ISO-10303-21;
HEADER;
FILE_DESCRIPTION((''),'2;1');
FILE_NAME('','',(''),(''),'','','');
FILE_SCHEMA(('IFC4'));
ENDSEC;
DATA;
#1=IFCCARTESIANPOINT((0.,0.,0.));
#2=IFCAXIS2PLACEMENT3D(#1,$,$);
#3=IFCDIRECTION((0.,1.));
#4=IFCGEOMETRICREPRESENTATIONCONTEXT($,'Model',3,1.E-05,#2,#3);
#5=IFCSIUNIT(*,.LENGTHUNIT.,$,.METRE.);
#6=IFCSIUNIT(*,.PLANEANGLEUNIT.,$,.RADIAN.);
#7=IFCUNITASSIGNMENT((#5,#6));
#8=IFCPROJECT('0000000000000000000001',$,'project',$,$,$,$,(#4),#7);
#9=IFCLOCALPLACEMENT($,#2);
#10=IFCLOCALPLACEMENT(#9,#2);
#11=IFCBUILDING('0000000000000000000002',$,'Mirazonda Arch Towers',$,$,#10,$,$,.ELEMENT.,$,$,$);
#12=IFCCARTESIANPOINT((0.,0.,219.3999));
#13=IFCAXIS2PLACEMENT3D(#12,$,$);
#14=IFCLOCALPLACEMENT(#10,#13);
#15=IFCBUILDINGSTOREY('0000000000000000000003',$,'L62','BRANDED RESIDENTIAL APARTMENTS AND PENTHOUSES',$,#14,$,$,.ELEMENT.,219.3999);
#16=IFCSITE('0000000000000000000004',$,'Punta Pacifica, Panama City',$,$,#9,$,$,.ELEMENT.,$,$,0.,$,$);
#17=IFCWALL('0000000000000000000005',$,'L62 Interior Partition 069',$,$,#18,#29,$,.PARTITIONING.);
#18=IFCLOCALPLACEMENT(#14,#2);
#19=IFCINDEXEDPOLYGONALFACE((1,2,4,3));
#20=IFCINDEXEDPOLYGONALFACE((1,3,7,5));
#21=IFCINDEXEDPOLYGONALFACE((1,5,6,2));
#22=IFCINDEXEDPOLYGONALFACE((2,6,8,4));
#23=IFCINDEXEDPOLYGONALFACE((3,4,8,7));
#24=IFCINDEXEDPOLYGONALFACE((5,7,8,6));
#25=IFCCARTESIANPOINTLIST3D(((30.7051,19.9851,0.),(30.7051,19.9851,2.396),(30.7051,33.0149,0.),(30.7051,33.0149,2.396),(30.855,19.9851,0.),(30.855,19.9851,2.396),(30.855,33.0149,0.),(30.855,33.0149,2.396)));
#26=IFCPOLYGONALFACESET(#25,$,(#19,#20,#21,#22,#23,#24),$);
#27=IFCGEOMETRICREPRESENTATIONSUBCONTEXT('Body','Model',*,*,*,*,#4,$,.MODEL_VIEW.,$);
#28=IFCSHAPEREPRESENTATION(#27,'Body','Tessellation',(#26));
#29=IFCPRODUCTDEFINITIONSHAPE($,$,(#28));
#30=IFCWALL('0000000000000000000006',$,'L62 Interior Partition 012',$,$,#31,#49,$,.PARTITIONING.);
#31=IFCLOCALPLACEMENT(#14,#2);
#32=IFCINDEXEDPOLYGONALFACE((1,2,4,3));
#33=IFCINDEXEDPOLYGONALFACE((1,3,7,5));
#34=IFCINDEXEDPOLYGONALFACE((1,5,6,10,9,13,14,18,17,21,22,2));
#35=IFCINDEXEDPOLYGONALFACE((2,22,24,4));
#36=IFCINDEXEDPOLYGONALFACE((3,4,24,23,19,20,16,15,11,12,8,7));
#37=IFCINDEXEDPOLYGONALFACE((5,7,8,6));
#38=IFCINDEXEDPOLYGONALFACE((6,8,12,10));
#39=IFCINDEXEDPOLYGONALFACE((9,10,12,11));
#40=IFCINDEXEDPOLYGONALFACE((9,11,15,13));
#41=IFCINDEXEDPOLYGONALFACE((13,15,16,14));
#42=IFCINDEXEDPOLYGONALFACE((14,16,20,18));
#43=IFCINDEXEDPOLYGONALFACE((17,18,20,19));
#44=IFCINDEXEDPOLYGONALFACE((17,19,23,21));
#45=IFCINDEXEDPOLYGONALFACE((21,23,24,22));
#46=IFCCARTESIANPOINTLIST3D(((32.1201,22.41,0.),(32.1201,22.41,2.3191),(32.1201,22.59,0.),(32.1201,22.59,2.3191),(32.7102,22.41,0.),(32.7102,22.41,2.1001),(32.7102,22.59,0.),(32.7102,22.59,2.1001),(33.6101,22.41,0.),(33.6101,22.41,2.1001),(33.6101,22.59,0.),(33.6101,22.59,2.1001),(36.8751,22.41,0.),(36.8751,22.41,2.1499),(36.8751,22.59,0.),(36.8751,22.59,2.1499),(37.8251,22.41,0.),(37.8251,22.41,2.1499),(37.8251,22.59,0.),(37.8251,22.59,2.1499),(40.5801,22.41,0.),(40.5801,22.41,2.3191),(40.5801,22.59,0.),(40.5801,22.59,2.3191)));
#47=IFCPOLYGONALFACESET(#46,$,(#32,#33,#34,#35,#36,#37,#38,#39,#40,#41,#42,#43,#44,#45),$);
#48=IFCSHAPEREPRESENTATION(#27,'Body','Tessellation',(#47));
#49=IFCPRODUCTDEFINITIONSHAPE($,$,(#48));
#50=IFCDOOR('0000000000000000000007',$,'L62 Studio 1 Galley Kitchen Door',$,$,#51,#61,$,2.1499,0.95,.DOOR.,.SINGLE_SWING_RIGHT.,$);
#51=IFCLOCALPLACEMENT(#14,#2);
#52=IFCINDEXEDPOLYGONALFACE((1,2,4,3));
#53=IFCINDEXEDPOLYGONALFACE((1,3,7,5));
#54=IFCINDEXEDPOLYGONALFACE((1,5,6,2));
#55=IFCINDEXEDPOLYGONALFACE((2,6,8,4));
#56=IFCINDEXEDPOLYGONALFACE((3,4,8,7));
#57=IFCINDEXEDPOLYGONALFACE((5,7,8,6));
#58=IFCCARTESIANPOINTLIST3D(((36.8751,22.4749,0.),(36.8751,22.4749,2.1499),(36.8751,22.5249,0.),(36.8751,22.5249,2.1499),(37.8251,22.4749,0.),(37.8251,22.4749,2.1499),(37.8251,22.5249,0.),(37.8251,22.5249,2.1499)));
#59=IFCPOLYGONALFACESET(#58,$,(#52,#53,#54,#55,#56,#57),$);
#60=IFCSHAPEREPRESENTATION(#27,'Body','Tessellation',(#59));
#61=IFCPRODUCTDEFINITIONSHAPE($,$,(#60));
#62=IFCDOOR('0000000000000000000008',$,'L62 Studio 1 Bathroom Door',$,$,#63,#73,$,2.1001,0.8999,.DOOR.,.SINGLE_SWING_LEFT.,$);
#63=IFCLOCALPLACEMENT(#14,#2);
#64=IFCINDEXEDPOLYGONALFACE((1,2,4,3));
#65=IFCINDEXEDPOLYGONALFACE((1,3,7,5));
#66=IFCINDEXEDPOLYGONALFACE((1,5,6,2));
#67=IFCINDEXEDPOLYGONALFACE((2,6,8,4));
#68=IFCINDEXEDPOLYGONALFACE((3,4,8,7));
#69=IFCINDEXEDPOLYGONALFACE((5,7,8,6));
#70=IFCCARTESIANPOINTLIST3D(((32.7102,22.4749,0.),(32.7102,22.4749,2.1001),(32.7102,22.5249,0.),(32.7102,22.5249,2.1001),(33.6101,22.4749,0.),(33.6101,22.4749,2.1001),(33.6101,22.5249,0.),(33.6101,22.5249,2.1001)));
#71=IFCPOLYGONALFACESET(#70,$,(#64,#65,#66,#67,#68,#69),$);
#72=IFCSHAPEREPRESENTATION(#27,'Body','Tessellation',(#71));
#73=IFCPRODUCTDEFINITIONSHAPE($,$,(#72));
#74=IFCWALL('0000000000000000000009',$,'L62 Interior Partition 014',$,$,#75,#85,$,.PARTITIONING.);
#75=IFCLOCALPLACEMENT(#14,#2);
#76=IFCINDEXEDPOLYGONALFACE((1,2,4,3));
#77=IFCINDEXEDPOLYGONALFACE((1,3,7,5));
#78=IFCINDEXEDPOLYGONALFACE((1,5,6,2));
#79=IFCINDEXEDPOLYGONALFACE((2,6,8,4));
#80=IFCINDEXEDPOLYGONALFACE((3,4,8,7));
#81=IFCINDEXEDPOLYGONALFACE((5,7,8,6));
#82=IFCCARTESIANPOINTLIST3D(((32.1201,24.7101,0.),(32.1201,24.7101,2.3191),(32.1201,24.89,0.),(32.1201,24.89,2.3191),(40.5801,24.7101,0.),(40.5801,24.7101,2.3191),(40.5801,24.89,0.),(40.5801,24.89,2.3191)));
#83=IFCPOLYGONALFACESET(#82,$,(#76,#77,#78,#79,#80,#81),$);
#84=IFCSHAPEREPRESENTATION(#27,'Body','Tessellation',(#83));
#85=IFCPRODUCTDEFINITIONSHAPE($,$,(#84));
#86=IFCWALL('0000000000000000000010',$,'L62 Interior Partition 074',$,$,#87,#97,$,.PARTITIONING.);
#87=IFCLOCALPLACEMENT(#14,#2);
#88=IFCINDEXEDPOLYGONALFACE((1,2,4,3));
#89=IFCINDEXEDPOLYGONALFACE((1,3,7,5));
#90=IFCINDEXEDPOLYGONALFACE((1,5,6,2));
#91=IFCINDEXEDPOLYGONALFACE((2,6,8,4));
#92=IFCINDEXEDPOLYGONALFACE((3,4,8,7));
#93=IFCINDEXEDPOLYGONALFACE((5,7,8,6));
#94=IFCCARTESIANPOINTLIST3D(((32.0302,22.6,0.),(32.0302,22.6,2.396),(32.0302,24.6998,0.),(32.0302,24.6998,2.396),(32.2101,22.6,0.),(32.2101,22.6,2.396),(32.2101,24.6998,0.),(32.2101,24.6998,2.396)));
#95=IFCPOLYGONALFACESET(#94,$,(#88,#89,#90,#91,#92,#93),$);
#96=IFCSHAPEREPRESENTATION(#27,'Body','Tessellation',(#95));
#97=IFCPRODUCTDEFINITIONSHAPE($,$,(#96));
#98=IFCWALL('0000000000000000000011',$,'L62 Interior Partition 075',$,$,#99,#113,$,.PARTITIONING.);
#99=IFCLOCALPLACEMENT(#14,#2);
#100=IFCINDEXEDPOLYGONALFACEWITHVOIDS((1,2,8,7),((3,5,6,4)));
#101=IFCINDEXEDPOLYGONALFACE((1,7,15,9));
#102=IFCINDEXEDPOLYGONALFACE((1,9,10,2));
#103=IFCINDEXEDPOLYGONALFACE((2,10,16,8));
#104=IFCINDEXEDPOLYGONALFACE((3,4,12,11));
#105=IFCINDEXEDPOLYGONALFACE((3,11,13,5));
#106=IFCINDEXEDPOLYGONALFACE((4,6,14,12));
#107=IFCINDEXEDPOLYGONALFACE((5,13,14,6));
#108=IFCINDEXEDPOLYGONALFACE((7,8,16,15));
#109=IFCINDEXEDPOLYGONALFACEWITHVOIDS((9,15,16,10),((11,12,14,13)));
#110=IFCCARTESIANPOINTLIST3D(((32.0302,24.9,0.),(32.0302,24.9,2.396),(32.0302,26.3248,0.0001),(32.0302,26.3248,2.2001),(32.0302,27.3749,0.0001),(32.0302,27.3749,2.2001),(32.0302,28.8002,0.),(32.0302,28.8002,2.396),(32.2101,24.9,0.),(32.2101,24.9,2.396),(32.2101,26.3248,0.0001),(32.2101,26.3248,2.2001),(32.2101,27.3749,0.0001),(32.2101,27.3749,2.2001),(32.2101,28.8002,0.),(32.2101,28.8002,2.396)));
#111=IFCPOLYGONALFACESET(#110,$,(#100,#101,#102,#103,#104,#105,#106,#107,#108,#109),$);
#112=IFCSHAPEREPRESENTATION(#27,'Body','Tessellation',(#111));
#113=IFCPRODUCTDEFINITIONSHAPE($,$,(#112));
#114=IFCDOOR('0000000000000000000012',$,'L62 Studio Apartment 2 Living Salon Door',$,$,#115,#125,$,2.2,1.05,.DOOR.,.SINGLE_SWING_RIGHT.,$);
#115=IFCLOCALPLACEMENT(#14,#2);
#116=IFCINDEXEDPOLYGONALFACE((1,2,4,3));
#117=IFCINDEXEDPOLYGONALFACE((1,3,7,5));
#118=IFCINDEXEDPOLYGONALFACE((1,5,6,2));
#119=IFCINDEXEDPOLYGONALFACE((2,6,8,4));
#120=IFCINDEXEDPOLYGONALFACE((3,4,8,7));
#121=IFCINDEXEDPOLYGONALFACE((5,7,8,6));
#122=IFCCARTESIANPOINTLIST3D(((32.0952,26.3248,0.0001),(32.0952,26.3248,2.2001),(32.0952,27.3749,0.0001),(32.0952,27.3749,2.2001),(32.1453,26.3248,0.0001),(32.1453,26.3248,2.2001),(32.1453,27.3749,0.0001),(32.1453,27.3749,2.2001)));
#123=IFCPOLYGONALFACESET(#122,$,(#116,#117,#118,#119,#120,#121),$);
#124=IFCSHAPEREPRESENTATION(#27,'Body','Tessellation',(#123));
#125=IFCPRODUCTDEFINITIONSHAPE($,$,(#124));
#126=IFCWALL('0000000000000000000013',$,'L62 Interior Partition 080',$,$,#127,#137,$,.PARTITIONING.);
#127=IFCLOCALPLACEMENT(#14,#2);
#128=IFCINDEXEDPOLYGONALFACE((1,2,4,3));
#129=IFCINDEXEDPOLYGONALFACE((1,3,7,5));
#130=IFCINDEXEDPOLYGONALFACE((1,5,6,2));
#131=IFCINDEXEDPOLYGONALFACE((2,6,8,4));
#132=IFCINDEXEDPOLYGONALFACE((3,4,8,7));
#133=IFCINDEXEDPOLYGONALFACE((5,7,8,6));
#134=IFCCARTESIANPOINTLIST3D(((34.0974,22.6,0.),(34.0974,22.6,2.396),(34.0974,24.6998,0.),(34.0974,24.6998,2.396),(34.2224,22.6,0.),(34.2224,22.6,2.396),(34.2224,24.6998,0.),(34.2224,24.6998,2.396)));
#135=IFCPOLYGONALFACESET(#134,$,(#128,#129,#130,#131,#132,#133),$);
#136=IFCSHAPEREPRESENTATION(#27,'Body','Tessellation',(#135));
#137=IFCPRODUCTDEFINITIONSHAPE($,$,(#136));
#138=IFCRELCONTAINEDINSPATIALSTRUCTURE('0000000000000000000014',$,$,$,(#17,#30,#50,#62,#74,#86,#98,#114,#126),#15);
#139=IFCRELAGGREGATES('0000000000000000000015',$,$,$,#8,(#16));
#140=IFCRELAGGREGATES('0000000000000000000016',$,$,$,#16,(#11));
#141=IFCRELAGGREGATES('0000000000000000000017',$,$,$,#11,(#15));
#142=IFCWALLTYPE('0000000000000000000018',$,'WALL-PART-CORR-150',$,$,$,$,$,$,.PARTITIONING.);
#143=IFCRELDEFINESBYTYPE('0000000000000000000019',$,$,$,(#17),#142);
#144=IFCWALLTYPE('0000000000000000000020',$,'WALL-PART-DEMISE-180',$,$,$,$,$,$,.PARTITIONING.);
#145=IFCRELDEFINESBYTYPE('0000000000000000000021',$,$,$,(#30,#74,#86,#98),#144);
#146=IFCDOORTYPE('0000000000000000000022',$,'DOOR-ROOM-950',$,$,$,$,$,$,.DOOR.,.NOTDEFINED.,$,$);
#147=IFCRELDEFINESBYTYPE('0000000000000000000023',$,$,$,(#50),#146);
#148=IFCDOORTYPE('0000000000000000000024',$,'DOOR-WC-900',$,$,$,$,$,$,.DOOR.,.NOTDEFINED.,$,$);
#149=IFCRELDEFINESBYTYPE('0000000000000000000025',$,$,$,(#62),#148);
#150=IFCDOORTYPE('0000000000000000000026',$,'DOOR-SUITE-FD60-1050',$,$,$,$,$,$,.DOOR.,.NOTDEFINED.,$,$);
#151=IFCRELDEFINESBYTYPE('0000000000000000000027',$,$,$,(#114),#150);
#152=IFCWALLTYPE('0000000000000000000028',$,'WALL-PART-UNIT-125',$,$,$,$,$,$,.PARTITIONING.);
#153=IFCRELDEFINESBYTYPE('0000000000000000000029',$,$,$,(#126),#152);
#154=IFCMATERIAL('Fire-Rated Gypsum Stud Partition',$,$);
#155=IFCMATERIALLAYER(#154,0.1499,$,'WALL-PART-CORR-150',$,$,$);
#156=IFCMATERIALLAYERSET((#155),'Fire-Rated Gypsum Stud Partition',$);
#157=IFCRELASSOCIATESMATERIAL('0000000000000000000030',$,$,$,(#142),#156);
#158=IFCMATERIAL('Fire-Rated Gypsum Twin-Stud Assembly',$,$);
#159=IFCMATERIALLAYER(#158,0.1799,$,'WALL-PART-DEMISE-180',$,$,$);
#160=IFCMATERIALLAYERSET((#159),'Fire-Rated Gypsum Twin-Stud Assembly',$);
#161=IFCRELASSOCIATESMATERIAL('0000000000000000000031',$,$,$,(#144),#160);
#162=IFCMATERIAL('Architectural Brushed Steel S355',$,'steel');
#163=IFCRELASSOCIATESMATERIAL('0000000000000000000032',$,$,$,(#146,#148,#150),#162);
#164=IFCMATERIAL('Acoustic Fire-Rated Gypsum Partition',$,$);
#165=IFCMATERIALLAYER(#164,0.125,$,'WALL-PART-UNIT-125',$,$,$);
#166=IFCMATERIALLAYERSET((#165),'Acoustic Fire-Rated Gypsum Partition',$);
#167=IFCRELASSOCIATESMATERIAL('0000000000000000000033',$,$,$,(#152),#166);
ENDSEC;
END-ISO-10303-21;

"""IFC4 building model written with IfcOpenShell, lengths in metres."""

from ifc_helpers import new_model, si_unit, direction, frame, frame_2d, origin, place, context, subcontext, project, spatial, rectangle, extrude, material, layer, layer_set, type_object, element, fill, save


model = new_model("IFC4")

# Units and contexts
model_context = context("Model", 3, precision=1e-05, world=origin(), true_north=direction((0.0, 1.0)))
body_context = subcontext(model_context, "Body", "Model", "MODEL_VIEW")
ifc_project = project(units=[si_unit("LENGTHUNIT", "METRE"), si_unit("PLANEANGLEUNIT", "RADIAN")], contexts=[model_context])

# Site, building, storey
site_placement = place(None, origin())
site = spatial("IfcSite", under=ifc_project, at=site_placement, Name="Punta Pacifica, Panama City", CompositionType="ELEMENT", RefElevation=0.0)
building_placement = place(site_placement, origin())
building = spatial("IfcBuilding", under=site, at=building_placement, Name="Mirazonda Arch Towers", CompositionType="ELEMENT")
storey_placement = place(building_placement, frame((0.0, 0.0, 219.3999)))
storey = spatial("IfcBuildingStorey", under=building, at=storey_placement, Name="L62", Description="BRANDED RESIDENTIAL APARTMENTS AND PENTHOUSES", CompositionType="ELEMENT", Elevation=219.3999)

# Wall
ifc_material_1 = material(Name="Fire-Rated Gypsum Stud Partition")
ifc_layer_1 = layer(ifc_material_1, 0.1499, Name="WALL-PART-CORR-150")
ifc_layer_set_1 = layer_set([ifc_layer_1], Name="Fire-Rated Gypsum Stud Partition")
wall_type_1 = type_object("IfcWallType", Name="WALL-PART-CORR-150", PredefinedType="PARTITIONING", material=ifc_layer_set_1)
wall_1_placement = place(storey_placement, frame((30.78, 19.9851, 0.0), z_axis=(0.0, 0.0, 1.0), x_axis=(0.0, 1.0, 0.0)))
element("IfcWall", 1, at=wall_1_placement, inside=storey, type_object=wall_type_1, Name="L62 Interior Partition 069", PredefinedType="PARTITIONING", context=body_context, shape_type="SweptSolid", body=[
    extrude(rectangle(XDim=13.0298, YDim=0.1499, at=frame_2d((6.5149, 0.0))), origin(), (0.0, 0.0, 1.0), 2.396),
])

# Wall, openings, doors
ifc_material_2 = material(Name="Fire-Rated Gypsum Twin-Stud Assembly")
ifc_layer_2 = layer(ifc_material_2, 0.1799, Name="WALL-PART-DEMISE-180")
ifc_layer_set_2 = layer_set([ifc_layer_2], Name="Fire-Rated Gypsum Twin-Stud Assembly")
wall_type_2 = type_object("IfcWallType", Name="WALL-PART-DEMISE-180", PredefinedType="PARTITIONING", material=ifc_layer_set_2)
wall_2_placement = place(storey_placement, frame((32.1201, 22.5, 0.0), z_axis=(0.0, 0.0, 1.0), x_axis=(1.0, 0.0, 0.0)))
wall_2 = element("IfcWall", 2, at=wall_2_placement, inside=storey, type_object=wall_type_2, Name="L62 Interior Partition 012", PredefinedType="PARTITIONING", context=body_context, shape_type="SweptSolid", body=[
    extrude(rectangle(XDim=8.46, YDim=0.1799, at=frame_2d((4.23, 0.0))), origin(), (0.0, 0.0, 1.0), 2.3191),
])
opening_1_placement = place(wall_2_placement, frame((4.7549, 0.0, 0.0)))
opening_1 = element("IfcOpeningElement", 3, at=opening_1_placement, cuts=wall_2, PredefinedType="OPENING", context=body_context, shape_type="SweptSolid", body=[
    extrude(rectangle(XDim=0.95, YDim=2.1499, at=frame_2d((0.4751, 1.075))), frame((0.0, 0.0999, 0.0), z_axis=(0.0, -1.0, 0.0), x_axis=(1.0, 0.0, 0.0)), (0.0, 0.0, 1.0), 0.2),
])
opening_2_placement = place(wall_2_placement, frame((0.5901, 0.0, 0.0)))
opening_2 = element("IfcOpeningElement", 4, at=opening_2_placement, cuts=wall_2, PredefinedType="OPENING", context=body_context, shape_type="SweptSolid", body=[
    extrude(rectangle(XDim=0.8999, YDim=2.1001, at=frame_2d((0.45, 1.05))), frame((0.0, 0.0999, 0.0), z_axis=(0.0, -1.0, 0.0), x_axis=(1.0, 0.0, 0.0)), (0.0, 0.0, 1.0), 0.2),
])
ifc_material_3 = material(Name="Architectural Brushed Steel S355", Category="steel")
door_type_1 = type_object("IfcDoorType", Name="DOOR-ROOM-950", OperationType="NOTDEFINED", PredefinedType="DOOR", material=ifc_material_3)
door_1_placement = place(opening_1_placement, origin())
door_1 = element("IfcDoor", 5, at=door_1_placement, inside=storey, type_object=door_type_1, Name="L62 Studio 1 Galley Kitchen Door", OperationType="SINGLE_SWING_RIGHT", OverallHeight=2.1499, OverallWidth=0.95, PredefinedType="DOOR", context=body_context, shape_type="SweptSolid", body=[
    extrude(rectangle(XDim=0.95, YDim=2.1499, at=frame_2d((0.4751, 1.075))), frame((0.0, 0.0249, 0.0), z_axis=(0.0, -1.0, 0.0), x_axis=(1.0, 0.0, 0.0)), (0.0, 0.0, 1.0), 0.05),
])
fill(opening_1, door_1)
door_type_2 = type_object("IfcDoorType", Name="DOOR-WC-900", OperationType="NOTDEFINED", PredefinedType="DOOR", material=ifc_material_3)
door_2_placement = place(opening_2_placement, origin())
door_2 = element("IfcDoor", 6, at=door_2_placement, inside=storey, type_object=door_type_2, Name="L62 Studio 1 Bathroom Door", OperationType="SINGLE_SWING_LEFT", OverallHeight=2.1001, OverallWidth=0.8999, PredefinedType="DOOR", context=body_context, shape_type="SweptSolid", body=[
    extrude(rectangle(XDim=0.8999, YDim=2.1001, at=frame_2d((0.45, 1.05))), frame((0.0, 0.0249, 0.0), z_axis=(0.0, -1.0, 0.0), x_axis=(1.0, 0.0, 0.0)), (0.0, 0.0, 1.0), 0.05),
])
fill(opening_2, door_2)

# Walls
wall_3_placement = place(storey_placement, frame((32.1201, 24.8, 0.0), z_axis=(0.0, 0.0, 1.0), x_axis=(1.0, 0.0, 0.0)))
element("IfcWall", 7, at=wall_3_placement, inside=storey, type_object=wall_type_2, Name="L62 Interior Partition 014", PredefinedType="PARTITIONING", context=body_context, shape_type="SweptSolid", body=[
    extrude(rectangle(XDim=8.46, YDim=0.1799, at=frame_2d((4.23, 0.0))), origin(), (0.0, 0.0, 1.0), 2.3191),
])
wall_4_placement = place(storey_placement, frame((32.1201, 22.6001, 0.0), z_axis=(0.0, 0.0, 1.0), x_axis=(0.0, 1.0, 0.0)))
element("IfcWall", 8, at=wall_4_placement, inside=storey, type_object=wall_type_2, Name="L62 Interior Partition 074", PredefinedType="PARTITIONING", context=body_context, shape_type="SweptSolid", body=[
    extrude(rectangle(XDim=2.0999, YDim=0.1799, at=frame_2d((1.0498, 0.0))), origin(), (0.0, 0.0, 1.0), 2.396),
])

# Wall, opening, door
wall_5_placement = place(storey_placement, frame((32.1201, 24.8999, 0.0), z_axis=(0.0, 0.0, 1.0), x_axis=(0.0, 1.0, 0.0)))
wall_5 = element("IfcWall", 9, at=wall_5_placement, inside=storey, type_object=wall_type_2, Name="L62 Interior Partition 075", PredefinedType="PARTITIONING", context=body_context, shape_type="SweptSolid", body=[
    extrude(rectangle(XDim=3.9001, YDim=0.1799, at=frame_2d((1.9502, 0.0))), origin(), (0.0, 0.0, 1.0), 2.396),
])
opening_3_placement = place(wall_5_placement, frame((1.425, 0.0, 0.0)))
opening_3 = element("IfcOpeningElement", 10, at=opening_3_placement, cuts=wall_5, PredefinedType="OPENING", context=body_context, shape_type="SweptSolid", body=[
    extrude(rectangle(XDim=1.05, YDim=2.2, at=frame_2d((0.5249, 1.1001))), frame((0.0, 0.0999, 0.0), z_axis=(0.0, -1.0, 0.0), x_axis=(1.0, 0.0, 0.0)), (0.0, 0.0, 1.0), 0.2),
])
door_type_3 = type_object("IfcDoorType", Name="DOOR-SUITE-FD60-1050", OperationType="NOTDEFINED", PredefinedType="DOOR", material=ifc_material_3)
door_3_placement = place(opening_3_placement, origin())
door_3 = element("IfcDoor", 11, at=door_3_placement, inside=storey, type_object=door_type_3, Name="L62 Studio Apartment 2 Living Salon Door", OperationType="SINGLE_SWING_RIGHT", OverallHeight=2.2, OverallWidth=1.05, PredefinedType="DOOR", context=body_context, shape_type="SweptSolid", body=[
    extrude(rectangle(XDim=1.05, YDim=2.2, at=frame_2d((0.5249, 1.1001))), frame((0.0, 0.0249, 0.0), z_axis=(0.0, -1.0, 0.0), x_axis=(1.0, 0.0, 0.0)), (0.0, 0.0, 1.0), 0.05),
])
fill(opening_3, door_3)

# Wall
ifc_material_4 = material(Name="Acoustic Fire-Rated Gypsum Partition")
ifc_layer_3 = layer(ifc_material_4, 0.125, Name="WALL-PART-UNIT-125")
ifc_layer_set_3 = layer_set([ifc_layer_3], Name="Acoustic Fire-Rated Gypsum Partition")
wall_type_3 = type_object("IfcWallType", Name="WALL-PART-UNIT-125", PredefinedType="PARTITIONING", material=ifc_layer_set_3)
wall_6_placement = place(storey_placement, frame((34.1599, 22.6001, 0.0), z_axis=(0.0, 0.0, 1.0), x_axis=(0.0, 1.0, 0.0)))
element("IfcWall", 12, at=wall_6_placement, inside=storey, type_object=wall_type_3, Name="L62 Interior Partition 080", PredefinedType="PARTITIONING", context=body_context, shape_type="SweptSolid", body=[
    extrude(rectangle(XDim=2.0999, YDim=0.125, at=frame_2d((1.0498, 0.0))), origin(), (0.0, 0.0, 1.0), 2.396),
])

save(model, "model.ifc")
